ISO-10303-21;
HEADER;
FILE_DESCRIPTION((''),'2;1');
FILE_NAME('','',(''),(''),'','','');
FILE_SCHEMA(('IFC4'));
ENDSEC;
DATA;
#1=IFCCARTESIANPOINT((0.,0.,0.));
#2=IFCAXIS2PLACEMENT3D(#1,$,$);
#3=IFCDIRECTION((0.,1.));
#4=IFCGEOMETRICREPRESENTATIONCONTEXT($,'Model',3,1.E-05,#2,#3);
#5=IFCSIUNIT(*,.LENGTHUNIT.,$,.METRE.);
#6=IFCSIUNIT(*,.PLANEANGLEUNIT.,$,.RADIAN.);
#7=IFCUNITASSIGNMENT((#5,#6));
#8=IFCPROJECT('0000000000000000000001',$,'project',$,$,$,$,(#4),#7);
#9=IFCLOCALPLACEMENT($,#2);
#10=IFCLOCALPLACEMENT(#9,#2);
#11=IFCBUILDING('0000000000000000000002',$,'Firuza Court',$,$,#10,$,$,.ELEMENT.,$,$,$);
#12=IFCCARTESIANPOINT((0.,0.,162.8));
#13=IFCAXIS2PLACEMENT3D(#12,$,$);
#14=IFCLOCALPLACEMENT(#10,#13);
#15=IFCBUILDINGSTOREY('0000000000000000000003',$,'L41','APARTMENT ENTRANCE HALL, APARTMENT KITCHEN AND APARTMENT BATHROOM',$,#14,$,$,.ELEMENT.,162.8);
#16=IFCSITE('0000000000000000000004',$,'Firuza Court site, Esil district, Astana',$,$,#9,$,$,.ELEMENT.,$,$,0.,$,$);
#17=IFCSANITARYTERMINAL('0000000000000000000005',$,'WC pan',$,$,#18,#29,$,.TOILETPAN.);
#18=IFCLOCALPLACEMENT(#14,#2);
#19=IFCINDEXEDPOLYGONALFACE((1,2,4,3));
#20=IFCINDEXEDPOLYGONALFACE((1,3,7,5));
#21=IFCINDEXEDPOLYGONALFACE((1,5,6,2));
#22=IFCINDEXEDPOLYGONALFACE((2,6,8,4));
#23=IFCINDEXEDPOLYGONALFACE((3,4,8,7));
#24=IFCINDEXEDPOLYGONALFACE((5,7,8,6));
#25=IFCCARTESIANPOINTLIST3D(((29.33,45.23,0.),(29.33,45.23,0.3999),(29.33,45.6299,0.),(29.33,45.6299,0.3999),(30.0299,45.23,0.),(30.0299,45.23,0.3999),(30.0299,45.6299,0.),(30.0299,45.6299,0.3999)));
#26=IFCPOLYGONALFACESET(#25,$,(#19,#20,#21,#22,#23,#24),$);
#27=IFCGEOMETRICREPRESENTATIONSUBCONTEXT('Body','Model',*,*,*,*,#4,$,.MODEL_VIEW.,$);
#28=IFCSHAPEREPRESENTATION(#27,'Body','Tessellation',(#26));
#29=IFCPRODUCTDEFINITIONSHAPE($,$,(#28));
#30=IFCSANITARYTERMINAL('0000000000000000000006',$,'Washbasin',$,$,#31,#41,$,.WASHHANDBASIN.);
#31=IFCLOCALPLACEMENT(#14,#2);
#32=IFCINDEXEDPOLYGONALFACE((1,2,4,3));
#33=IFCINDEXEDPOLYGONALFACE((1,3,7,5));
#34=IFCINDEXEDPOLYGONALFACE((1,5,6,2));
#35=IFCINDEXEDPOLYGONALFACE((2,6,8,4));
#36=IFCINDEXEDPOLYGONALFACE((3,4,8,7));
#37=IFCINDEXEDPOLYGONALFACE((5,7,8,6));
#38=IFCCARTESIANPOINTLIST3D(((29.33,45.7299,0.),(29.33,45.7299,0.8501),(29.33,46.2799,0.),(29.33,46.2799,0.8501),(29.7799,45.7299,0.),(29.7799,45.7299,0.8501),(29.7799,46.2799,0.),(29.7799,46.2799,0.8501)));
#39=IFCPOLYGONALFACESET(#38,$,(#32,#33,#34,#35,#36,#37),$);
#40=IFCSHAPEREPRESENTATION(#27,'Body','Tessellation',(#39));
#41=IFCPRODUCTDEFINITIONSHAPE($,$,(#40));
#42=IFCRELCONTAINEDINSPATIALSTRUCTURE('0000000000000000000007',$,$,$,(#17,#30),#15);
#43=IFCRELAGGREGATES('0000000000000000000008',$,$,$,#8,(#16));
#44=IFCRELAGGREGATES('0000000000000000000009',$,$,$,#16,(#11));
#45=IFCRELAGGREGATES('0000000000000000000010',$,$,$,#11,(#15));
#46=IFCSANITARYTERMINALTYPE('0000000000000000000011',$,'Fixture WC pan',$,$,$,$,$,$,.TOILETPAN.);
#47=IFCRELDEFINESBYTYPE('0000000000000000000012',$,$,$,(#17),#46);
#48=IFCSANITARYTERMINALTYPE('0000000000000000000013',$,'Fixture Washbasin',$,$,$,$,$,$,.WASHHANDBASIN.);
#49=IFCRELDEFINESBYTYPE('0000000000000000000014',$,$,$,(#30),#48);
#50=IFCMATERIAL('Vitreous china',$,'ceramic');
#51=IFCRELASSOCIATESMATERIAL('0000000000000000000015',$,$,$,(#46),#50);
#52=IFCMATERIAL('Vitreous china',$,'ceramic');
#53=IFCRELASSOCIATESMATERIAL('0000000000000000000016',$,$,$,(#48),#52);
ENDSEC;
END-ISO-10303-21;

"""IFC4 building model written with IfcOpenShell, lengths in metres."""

from ifc_helpers import new_model, si_unit, direction, frame, origin, origin_2d, place, context, subcontext, project, spatial, rectangle, extrude, material, type_object, element, save


model = new_model("IFC4")

# Units and contexts
model_context = context("Model", 3, precision=1e-05, world=origin(), true_north=direction((0.0, 1.0)))
body_context = subcontext(model_context, "Body", "Model", "MODEL_VIEW")
ifc_project = project(units=[si_unit("LENGTHUNIT", "METRE"), si_unit("PLANEANGLEUNIT", "RADIAN")], contexts=[model_context])

# Site, building, storey
site_placement = place(None, origin())
site = spatial("IfcSite", under=ifc_project, at=site_placement, Name="Firuza Court site, Esil district, Astana", CompositionType="ELEMENT", RefElevation=0.0)
building_placement = place(site_placement, origin())
building = spatial("IfcBuilding", under=site, at=building_placement, Name="Firuza Court", CompositionType="ELEMENT")
storey_placement = place(building_placement, frame((0.0, 0.0, 162.8)))
storey = spatial("IfcBuildingStorey", under=building, at=storey_placement, Name="L41", Description="APARTMENT ENTRANCE HALL, APARTMENT KITCHEN AND APARTMENT BATHROOM", CompositionType="ELEMENT", Elevation=162.8)

# Sanitary terminals
ifc_material_1 = material(Name="Vitreous china", Category="ceramic")
sanitary_terminal_type_1 = type_object("IfcSanitaryTerminalType", Name="Fixture WC pan", PredefinedType="TOILETPAN", material=ifc_material_1)
sanitary_terminal_1_placement = place(storey_placement, frame((29.6799, 45.4299, 0.0), z_axis=(0.0, 0.0, 1.0), x_axis=(1.0, 0.0, 0.0)))
element("IfcSanitaryTerminal", 1, at=sanitary_terminal_1_placement, inside=storey, type_object=sanitary_terminal_type_1, Name="WC pan", PredefinedType="TOILETPAN", context=body_context, shape_type="SweptSolid", body=[
    extrude(rectangle(XDim=0.7, YDim=0.3999, at=origin_2d()), origin(), (0.0, 0.0, 1.0), 0.3999),
])
ifc_material_2 = material(Name="Vitreous china", Category="ceramic")
sanitary_terminal_type_2 = type_object("IfcSanitaryTerminalType", Name="Fixture Washbasin", PredefinedType="WASHHANDBASIN", material=ifc_material_2)
sanitary_terminal_2_placement = place(storey_placement, frame((29.5549, 46.0049, 0.0), z_axis=(0.0, 0.0, 1.0), x_axis=(1.0, 0.0, 0.0)))
element("IfcSanitaryTerminal", 2, at=sanitary_terminal_2_placement, inside=storey, type_object=sanitary_terminal_type_2, Name="Washbasin", PredefinedType="WASHHANDBASIN", context=body_context, shape_type="SweptSolid", body=[
    extrude(rectangle(XDim=0.45, YDim=0.55, at=origin_2d()), origin(), (0.0, 0.0, 1.0), 0.8501),
])

save(model, "model.ifc")
